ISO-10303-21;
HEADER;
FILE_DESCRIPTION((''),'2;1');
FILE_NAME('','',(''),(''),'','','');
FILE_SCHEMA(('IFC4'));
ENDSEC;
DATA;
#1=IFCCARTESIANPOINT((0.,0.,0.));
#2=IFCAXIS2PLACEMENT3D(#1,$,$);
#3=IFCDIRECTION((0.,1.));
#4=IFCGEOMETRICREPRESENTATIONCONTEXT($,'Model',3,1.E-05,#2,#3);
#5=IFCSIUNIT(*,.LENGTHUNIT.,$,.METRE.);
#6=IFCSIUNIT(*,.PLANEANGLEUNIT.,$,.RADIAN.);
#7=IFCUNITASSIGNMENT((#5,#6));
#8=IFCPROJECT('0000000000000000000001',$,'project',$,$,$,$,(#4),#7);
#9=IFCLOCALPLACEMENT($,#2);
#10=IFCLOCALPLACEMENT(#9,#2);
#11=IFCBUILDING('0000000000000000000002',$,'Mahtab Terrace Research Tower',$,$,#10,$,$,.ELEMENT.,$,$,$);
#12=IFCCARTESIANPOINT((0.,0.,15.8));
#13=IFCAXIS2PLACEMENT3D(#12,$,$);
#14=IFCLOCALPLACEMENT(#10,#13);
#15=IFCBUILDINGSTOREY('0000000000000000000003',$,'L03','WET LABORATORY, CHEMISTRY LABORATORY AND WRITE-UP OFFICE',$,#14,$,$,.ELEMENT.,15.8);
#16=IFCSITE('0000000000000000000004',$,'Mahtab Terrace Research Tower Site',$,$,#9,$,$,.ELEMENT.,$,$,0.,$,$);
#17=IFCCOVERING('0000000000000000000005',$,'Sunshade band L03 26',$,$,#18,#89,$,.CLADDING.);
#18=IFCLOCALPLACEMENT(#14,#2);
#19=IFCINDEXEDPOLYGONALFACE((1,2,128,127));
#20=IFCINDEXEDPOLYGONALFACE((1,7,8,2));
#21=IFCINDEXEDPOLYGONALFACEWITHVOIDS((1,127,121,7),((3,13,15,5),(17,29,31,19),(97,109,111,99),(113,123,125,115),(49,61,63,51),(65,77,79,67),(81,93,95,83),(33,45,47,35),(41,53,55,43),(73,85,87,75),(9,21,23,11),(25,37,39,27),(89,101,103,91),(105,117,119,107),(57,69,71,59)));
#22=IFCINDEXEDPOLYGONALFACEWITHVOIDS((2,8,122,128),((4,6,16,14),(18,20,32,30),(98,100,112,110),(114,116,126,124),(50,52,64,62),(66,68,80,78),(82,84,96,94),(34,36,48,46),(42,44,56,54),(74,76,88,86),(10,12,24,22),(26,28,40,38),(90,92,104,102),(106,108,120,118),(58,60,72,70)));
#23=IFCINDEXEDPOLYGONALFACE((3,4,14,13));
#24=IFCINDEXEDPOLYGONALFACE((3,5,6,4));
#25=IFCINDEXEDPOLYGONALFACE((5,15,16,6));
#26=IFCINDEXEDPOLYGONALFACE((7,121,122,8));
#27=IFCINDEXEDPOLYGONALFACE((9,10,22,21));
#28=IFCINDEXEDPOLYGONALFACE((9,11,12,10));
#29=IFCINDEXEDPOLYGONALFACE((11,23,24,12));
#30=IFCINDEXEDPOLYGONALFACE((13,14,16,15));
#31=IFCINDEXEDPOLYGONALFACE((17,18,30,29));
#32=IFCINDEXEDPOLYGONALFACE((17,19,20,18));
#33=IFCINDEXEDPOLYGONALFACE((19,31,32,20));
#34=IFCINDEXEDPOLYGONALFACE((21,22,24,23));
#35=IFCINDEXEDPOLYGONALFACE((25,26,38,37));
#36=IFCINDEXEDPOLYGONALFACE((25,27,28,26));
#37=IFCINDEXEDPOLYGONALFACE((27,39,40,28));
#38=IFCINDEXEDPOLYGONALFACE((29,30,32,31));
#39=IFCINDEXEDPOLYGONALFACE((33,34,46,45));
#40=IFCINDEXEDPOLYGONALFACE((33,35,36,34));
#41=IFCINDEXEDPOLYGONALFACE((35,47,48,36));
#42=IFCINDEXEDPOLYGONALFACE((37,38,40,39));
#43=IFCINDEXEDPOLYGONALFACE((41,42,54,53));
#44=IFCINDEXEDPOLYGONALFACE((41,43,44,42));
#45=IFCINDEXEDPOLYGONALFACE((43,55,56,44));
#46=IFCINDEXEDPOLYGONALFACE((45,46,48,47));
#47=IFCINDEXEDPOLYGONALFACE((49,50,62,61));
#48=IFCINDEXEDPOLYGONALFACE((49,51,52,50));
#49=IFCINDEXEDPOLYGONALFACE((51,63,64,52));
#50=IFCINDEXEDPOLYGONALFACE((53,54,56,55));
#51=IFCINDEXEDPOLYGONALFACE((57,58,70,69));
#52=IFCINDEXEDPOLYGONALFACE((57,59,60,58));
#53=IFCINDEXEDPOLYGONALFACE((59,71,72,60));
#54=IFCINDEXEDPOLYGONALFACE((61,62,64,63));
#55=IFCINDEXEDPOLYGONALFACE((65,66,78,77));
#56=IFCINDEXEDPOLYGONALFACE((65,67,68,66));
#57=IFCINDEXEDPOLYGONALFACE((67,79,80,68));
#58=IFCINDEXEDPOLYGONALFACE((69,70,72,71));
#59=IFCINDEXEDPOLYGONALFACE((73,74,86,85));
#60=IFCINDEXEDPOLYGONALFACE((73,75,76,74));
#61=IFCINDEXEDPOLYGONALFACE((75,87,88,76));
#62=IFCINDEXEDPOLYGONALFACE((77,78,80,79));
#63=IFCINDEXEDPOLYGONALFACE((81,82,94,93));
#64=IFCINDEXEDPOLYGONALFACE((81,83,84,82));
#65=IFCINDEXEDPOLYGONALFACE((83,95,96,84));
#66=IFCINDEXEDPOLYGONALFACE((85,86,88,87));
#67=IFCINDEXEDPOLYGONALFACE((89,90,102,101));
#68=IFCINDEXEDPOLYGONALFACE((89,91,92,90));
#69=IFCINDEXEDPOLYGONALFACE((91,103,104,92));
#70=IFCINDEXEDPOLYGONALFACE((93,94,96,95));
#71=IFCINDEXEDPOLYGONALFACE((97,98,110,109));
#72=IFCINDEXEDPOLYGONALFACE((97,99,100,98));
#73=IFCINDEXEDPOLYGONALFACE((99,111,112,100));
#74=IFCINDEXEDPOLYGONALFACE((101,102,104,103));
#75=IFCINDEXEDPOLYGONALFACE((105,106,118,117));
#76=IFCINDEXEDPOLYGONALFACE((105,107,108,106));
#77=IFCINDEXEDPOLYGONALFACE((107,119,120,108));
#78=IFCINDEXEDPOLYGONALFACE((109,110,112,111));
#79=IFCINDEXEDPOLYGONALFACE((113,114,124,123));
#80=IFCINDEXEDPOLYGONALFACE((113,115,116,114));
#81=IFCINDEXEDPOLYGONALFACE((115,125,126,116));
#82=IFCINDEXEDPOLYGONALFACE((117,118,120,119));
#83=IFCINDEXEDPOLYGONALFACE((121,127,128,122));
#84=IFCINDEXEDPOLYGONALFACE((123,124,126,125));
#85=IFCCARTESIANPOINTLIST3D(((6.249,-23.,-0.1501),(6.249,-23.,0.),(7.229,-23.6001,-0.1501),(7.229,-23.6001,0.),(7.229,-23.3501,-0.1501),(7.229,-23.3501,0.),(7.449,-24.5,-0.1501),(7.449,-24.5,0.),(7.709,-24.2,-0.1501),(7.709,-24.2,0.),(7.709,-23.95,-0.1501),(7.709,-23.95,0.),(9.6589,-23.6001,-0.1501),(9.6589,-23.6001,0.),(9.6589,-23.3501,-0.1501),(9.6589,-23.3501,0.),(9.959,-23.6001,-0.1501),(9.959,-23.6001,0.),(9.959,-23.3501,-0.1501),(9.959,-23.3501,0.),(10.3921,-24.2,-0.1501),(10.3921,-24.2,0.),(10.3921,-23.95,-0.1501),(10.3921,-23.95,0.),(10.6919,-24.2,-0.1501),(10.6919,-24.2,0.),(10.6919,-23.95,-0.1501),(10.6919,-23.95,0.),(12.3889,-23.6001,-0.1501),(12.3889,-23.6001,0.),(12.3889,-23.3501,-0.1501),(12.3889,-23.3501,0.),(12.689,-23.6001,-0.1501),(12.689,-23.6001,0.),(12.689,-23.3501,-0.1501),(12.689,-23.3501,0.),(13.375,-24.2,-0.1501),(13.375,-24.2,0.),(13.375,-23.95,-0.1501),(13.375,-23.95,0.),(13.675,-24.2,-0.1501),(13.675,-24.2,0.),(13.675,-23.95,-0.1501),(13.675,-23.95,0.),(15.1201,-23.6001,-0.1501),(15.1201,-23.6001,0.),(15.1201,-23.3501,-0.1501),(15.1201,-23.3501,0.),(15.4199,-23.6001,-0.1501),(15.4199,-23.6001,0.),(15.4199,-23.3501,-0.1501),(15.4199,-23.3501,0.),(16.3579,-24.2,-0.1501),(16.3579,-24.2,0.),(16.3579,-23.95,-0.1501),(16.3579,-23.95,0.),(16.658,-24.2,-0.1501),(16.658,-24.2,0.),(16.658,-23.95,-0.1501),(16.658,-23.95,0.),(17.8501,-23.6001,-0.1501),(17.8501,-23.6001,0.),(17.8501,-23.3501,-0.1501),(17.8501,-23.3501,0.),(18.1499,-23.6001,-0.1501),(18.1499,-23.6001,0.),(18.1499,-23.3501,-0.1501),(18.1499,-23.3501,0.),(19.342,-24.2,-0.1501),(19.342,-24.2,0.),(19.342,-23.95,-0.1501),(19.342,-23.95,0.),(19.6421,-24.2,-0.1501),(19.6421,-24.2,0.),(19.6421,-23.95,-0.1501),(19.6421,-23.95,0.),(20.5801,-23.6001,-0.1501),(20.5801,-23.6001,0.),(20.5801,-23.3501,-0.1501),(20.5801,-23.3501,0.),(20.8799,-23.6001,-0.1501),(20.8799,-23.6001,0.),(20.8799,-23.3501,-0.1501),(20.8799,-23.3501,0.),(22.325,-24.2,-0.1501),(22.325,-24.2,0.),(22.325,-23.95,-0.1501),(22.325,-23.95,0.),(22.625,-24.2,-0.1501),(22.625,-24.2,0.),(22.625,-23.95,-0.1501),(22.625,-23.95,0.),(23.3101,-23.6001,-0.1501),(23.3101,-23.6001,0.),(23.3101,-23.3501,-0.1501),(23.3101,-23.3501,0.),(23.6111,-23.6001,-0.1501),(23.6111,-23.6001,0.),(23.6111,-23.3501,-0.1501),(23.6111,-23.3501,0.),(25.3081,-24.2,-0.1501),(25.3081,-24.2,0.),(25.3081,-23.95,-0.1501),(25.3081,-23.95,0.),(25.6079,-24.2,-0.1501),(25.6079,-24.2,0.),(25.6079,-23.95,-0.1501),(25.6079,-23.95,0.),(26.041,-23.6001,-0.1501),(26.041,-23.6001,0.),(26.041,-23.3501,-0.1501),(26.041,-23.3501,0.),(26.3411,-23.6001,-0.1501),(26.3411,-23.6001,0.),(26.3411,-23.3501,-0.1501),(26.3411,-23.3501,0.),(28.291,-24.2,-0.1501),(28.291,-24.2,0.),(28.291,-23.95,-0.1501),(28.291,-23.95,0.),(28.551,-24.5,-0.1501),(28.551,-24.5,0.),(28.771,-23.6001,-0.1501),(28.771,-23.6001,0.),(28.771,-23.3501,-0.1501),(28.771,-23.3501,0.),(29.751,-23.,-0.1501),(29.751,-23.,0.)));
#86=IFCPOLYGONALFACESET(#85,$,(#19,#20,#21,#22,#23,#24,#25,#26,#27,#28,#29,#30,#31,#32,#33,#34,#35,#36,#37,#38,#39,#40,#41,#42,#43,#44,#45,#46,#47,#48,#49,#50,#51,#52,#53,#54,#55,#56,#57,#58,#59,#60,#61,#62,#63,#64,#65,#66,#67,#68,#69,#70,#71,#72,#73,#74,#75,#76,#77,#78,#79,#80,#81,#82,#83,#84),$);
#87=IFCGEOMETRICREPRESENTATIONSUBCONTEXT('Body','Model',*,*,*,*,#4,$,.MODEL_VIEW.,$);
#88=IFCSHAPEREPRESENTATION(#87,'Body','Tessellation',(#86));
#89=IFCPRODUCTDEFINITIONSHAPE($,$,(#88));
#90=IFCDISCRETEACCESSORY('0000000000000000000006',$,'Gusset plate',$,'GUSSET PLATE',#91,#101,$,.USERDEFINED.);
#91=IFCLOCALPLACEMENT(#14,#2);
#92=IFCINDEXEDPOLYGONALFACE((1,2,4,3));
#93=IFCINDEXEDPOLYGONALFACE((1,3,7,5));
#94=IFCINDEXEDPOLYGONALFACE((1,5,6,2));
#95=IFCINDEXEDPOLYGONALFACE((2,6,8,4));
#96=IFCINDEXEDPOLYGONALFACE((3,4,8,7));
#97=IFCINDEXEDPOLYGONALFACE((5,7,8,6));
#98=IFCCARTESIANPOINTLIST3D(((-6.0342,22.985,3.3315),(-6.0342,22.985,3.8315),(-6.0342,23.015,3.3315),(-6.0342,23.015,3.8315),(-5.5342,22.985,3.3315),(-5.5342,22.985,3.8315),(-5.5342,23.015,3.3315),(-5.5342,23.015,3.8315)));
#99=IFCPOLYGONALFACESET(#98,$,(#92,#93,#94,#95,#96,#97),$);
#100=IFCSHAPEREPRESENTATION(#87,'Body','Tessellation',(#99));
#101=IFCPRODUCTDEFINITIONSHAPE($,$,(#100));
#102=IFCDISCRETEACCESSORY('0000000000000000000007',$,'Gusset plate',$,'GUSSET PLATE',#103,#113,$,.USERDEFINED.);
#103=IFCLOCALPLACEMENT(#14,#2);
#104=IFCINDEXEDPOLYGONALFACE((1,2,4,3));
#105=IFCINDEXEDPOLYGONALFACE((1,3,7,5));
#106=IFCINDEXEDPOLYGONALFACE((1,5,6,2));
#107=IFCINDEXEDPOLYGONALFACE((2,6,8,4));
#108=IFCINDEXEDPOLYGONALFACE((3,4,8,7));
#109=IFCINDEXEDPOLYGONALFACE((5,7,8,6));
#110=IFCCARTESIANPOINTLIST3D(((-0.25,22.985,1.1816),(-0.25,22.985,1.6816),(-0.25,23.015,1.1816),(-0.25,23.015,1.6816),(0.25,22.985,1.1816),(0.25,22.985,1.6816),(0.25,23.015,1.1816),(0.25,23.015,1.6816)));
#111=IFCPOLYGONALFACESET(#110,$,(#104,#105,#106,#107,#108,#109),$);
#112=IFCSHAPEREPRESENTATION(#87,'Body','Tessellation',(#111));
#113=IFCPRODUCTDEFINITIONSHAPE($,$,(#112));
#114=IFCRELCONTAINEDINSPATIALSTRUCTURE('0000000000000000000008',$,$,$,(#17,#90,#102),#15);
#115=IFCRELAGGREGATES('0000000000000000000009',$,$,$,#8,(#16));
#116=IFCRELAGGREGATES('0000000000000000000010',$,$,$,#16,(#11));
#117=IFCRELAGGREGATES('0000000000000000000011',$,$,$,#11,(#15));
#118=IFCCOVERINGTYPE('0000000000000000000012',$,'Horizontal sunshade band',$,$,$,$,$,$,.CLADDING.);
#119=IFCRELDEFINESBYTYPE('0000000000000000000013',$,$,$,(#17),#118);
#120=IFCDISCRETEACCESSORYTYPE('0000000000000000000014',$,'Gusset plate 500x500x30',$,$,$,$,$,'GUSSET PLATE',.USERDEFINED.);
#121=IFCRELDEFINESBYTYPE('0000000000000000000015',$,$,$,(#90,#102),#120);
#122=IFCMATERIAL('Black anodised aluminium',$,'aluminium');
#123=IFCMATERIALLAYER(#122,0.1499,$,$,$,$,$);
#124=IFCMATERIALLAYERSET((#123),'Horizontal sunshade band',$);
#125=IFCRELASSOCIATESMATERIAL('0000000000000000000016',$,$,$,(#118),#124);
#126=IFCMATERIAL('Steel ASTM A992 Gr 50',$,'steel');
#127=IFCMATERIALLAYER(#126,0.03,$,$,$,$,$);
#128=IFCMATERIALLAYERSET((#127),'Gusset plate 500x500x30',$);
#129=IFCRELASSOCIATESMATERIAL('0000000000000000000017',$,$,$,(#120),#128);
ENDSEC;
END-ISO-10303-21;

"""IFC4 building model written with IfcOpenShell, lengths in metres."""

from ifc_helpers import new_model, si_unit, direction, frame, origin, origin_2d, place, context, subcontext, project, spatial, polyline, rectangle, outline, extrude, material, layer, layer_set, type_object, element, save


model = new_model("IFC4")

# Units and contexts
model_context = context("Model", 3, precision=1e-05, world=origin(), true_north=direction((0.0, 1.0)))
body_context = subcontext(model_context, "Body", "Model", "MODEL_VIEW")
ifc_project = project(units=[si_unit("LENGTHUNIT", "METRE"), si_unit("PLANEANGLEUNIT", "RADIAN")], contexts=[model_context])

# Site, building, storey
site_placement = place(None, origin())
site = spatial("IfcSite", under=ifc_project, at=site_placement, Name="Mahtab Terrace Research Tower Site", CompositionType="ELEMENT", RefElevation=0.0)
building_placement = place(site_placement, origin())
building = spatial("IfcBuilding", under=site, at=building_placement, Name="Mahtab Terrace Research Tower", CompositionType="ELEMENT")
storey_placement = place(building_placement, frame((0.0, 0.0, 15.8)))
storey = spatial("IfcBuildingStorey", under=building, at=storey_placement, Name="L03", Description="WET LABORATORY, CHEMISTRY LABORATORY AND WRITE-UP OFFICE", CompositionType="ELEMENT", Elevation=15.8)

# Shared definitions
ifc_material_1 = material(Name="Steel ASTM A992 Gr 50", Category="steel")

# Covering
ifc_material_2 = material(Name="Black anodised aluminium", Category="aluminium")
ifc_layer_1 = layer(ifc_material_2, 0.1499)
ifc_layer_set_1 = layer_set([ifc_layer_1], Name="Horizontal sunshade band")
covering_type = type_object("IfcCoveringType", Name="Horizontal sunshade band", PredefinedType="CLADDING", material=ifc_layer_set_1)
covering_1_placement = place(storey_placement, frame((0.0, 0.0, -0.1501)))
element("IfcCovering", 1, at=covering_1_placement, inside=storey, type_object=covering_type, Name="Sunshade band L03 26", PredefinedType="CLADDING", context=body_context, shape_type="SweptSolid", body=[
    extrude(outline(polyline([(6.249, -23.0), (29.751, -23.0), (28.551, -24.5), (7.449, -24.5), (6.249, -23.0)]), holes=[polyline([(7.229, -23.3501), (9.6589, -23.3501), (9.6589, -23.6001), (7.229, -23.6001), (7.229, -23.3501)]), polyline([(9.959, -23.3501), (12.3889, -23.3501), (12.3889, -23.6001), (9.959, -23.6001), (9.959, -23.3501)]), polyline([(12.689, -23.3501), (15.1201, -23.3501), (15.1201, -23.6001), (12.689, -23.6001), (12.689, -23.3501)]), polyline([(15.4199, -23.3501), (17.8501, -23.3501), (17.8501, -23.6001), (15.4199, -23.6001), (15.4199, -23.3501)]), polyline([(18.1499, -23.3501), (20.5801, -23.3501), (20.5801, -23.6001), (18.1499, -23.6001), (18.1499, -23.3501)]), polyline([(20.8799, -23.3501), (23.3101, -23.3501), (23.3101, -23.6001), (20.8799, -23.6001), (20.8799, -23.3501)]), polyline([(23.6111, -23.3501), (26.041, -23.3501), (26.041, -23.6001), (23.6111, -23.6001), (23.6111, -23.3501)]), polyline([(26.3411, -23.3501), (28.771, -23.3501), (28.771, -23.6001), (26.3411, -23.6001), (26.3411, -23.3501)]), polyline([(7.709, -23.95), (10.3921, -23.95), (10.3921, -24.2), (7.709, -24.2), (7.709, -23.95)]), polyline([(10.6919, -23.95), (13.375, -23.95), (13.375, -24.2), (10.6919, -24.2), (10.6919, -23.95)]), polyline([(13.675, -23.95), (16.3579, -23.95), (16.3579, -24.2), (13.675, -24.2), (13.675, -23.95)]), polyline([(16.658, -23.95), (19.342, -23.95), (19.342, -24.2), (16.658, -24.2), (16.658, -23.95)]), polyline([(19.6421, -23.95), (22.325, -23.95), (22.325, -24.2), (19.6421, -24.2), (19.6421, -23.95)]), polyline([(22.625, -23.95), (25.3081, -23.95), (25.3081, -24.2), (22.625, -24.2), (22.625, -23.95)]), polyline([(25.6079, -23.95), (28.291, -23.95), (28.291, -24.2), (25.6079, -24.2), (25.6079, -23.95)])]), origin(), (0.0, 0.0, 1.0), 0.1501),
])

# Discrete accessories
ifc_layer_2 = layer(ifc_material_1, 0.03)
ifc_layer_set_2 = layer_set([ifc_layer_2], Name="Gusset plate 500x500x30")
discrete_accessory_type = type_object("IfcDiscreteAccessoryType", Name="Gusset plate 500x500x30", ElementType="GUSSET PLATE", PredefinedType="USERDEFINED", material=ifc_layer_set_2)
for number, where, z_axis, x_axis, name in (
    (2, (-5.7842, 23.0, 3.3315), (0.0, 0.0, 1.0), (1.0, 0.0, 0.0), "Gusset plate"),
    (3, (0.0, 23.0, 1.1816), (0.0, 0.0, 1.0), (1.0, 0.0, 0.0), "Gusset plate"),
):
    element("IfcDiscreteAccessory", number, at=place(storey_placement, frame(where, z_axis=z_axis, x_axis=x_axis)), inside=storey, type_object=discrete_accessory_type, Name=name, ObjectType="GUSSET PLATE", PredefinedType="USERDEFINED", context=body_context, shape_type="SweptSolid", body=[
        extrude(rectangle(XDim=0.5, YDim=0.03, at=origin_2d()), origin(), (0.0, 0.0, 1.0), 0.5),
    ])

save(model, "model.ifc")
